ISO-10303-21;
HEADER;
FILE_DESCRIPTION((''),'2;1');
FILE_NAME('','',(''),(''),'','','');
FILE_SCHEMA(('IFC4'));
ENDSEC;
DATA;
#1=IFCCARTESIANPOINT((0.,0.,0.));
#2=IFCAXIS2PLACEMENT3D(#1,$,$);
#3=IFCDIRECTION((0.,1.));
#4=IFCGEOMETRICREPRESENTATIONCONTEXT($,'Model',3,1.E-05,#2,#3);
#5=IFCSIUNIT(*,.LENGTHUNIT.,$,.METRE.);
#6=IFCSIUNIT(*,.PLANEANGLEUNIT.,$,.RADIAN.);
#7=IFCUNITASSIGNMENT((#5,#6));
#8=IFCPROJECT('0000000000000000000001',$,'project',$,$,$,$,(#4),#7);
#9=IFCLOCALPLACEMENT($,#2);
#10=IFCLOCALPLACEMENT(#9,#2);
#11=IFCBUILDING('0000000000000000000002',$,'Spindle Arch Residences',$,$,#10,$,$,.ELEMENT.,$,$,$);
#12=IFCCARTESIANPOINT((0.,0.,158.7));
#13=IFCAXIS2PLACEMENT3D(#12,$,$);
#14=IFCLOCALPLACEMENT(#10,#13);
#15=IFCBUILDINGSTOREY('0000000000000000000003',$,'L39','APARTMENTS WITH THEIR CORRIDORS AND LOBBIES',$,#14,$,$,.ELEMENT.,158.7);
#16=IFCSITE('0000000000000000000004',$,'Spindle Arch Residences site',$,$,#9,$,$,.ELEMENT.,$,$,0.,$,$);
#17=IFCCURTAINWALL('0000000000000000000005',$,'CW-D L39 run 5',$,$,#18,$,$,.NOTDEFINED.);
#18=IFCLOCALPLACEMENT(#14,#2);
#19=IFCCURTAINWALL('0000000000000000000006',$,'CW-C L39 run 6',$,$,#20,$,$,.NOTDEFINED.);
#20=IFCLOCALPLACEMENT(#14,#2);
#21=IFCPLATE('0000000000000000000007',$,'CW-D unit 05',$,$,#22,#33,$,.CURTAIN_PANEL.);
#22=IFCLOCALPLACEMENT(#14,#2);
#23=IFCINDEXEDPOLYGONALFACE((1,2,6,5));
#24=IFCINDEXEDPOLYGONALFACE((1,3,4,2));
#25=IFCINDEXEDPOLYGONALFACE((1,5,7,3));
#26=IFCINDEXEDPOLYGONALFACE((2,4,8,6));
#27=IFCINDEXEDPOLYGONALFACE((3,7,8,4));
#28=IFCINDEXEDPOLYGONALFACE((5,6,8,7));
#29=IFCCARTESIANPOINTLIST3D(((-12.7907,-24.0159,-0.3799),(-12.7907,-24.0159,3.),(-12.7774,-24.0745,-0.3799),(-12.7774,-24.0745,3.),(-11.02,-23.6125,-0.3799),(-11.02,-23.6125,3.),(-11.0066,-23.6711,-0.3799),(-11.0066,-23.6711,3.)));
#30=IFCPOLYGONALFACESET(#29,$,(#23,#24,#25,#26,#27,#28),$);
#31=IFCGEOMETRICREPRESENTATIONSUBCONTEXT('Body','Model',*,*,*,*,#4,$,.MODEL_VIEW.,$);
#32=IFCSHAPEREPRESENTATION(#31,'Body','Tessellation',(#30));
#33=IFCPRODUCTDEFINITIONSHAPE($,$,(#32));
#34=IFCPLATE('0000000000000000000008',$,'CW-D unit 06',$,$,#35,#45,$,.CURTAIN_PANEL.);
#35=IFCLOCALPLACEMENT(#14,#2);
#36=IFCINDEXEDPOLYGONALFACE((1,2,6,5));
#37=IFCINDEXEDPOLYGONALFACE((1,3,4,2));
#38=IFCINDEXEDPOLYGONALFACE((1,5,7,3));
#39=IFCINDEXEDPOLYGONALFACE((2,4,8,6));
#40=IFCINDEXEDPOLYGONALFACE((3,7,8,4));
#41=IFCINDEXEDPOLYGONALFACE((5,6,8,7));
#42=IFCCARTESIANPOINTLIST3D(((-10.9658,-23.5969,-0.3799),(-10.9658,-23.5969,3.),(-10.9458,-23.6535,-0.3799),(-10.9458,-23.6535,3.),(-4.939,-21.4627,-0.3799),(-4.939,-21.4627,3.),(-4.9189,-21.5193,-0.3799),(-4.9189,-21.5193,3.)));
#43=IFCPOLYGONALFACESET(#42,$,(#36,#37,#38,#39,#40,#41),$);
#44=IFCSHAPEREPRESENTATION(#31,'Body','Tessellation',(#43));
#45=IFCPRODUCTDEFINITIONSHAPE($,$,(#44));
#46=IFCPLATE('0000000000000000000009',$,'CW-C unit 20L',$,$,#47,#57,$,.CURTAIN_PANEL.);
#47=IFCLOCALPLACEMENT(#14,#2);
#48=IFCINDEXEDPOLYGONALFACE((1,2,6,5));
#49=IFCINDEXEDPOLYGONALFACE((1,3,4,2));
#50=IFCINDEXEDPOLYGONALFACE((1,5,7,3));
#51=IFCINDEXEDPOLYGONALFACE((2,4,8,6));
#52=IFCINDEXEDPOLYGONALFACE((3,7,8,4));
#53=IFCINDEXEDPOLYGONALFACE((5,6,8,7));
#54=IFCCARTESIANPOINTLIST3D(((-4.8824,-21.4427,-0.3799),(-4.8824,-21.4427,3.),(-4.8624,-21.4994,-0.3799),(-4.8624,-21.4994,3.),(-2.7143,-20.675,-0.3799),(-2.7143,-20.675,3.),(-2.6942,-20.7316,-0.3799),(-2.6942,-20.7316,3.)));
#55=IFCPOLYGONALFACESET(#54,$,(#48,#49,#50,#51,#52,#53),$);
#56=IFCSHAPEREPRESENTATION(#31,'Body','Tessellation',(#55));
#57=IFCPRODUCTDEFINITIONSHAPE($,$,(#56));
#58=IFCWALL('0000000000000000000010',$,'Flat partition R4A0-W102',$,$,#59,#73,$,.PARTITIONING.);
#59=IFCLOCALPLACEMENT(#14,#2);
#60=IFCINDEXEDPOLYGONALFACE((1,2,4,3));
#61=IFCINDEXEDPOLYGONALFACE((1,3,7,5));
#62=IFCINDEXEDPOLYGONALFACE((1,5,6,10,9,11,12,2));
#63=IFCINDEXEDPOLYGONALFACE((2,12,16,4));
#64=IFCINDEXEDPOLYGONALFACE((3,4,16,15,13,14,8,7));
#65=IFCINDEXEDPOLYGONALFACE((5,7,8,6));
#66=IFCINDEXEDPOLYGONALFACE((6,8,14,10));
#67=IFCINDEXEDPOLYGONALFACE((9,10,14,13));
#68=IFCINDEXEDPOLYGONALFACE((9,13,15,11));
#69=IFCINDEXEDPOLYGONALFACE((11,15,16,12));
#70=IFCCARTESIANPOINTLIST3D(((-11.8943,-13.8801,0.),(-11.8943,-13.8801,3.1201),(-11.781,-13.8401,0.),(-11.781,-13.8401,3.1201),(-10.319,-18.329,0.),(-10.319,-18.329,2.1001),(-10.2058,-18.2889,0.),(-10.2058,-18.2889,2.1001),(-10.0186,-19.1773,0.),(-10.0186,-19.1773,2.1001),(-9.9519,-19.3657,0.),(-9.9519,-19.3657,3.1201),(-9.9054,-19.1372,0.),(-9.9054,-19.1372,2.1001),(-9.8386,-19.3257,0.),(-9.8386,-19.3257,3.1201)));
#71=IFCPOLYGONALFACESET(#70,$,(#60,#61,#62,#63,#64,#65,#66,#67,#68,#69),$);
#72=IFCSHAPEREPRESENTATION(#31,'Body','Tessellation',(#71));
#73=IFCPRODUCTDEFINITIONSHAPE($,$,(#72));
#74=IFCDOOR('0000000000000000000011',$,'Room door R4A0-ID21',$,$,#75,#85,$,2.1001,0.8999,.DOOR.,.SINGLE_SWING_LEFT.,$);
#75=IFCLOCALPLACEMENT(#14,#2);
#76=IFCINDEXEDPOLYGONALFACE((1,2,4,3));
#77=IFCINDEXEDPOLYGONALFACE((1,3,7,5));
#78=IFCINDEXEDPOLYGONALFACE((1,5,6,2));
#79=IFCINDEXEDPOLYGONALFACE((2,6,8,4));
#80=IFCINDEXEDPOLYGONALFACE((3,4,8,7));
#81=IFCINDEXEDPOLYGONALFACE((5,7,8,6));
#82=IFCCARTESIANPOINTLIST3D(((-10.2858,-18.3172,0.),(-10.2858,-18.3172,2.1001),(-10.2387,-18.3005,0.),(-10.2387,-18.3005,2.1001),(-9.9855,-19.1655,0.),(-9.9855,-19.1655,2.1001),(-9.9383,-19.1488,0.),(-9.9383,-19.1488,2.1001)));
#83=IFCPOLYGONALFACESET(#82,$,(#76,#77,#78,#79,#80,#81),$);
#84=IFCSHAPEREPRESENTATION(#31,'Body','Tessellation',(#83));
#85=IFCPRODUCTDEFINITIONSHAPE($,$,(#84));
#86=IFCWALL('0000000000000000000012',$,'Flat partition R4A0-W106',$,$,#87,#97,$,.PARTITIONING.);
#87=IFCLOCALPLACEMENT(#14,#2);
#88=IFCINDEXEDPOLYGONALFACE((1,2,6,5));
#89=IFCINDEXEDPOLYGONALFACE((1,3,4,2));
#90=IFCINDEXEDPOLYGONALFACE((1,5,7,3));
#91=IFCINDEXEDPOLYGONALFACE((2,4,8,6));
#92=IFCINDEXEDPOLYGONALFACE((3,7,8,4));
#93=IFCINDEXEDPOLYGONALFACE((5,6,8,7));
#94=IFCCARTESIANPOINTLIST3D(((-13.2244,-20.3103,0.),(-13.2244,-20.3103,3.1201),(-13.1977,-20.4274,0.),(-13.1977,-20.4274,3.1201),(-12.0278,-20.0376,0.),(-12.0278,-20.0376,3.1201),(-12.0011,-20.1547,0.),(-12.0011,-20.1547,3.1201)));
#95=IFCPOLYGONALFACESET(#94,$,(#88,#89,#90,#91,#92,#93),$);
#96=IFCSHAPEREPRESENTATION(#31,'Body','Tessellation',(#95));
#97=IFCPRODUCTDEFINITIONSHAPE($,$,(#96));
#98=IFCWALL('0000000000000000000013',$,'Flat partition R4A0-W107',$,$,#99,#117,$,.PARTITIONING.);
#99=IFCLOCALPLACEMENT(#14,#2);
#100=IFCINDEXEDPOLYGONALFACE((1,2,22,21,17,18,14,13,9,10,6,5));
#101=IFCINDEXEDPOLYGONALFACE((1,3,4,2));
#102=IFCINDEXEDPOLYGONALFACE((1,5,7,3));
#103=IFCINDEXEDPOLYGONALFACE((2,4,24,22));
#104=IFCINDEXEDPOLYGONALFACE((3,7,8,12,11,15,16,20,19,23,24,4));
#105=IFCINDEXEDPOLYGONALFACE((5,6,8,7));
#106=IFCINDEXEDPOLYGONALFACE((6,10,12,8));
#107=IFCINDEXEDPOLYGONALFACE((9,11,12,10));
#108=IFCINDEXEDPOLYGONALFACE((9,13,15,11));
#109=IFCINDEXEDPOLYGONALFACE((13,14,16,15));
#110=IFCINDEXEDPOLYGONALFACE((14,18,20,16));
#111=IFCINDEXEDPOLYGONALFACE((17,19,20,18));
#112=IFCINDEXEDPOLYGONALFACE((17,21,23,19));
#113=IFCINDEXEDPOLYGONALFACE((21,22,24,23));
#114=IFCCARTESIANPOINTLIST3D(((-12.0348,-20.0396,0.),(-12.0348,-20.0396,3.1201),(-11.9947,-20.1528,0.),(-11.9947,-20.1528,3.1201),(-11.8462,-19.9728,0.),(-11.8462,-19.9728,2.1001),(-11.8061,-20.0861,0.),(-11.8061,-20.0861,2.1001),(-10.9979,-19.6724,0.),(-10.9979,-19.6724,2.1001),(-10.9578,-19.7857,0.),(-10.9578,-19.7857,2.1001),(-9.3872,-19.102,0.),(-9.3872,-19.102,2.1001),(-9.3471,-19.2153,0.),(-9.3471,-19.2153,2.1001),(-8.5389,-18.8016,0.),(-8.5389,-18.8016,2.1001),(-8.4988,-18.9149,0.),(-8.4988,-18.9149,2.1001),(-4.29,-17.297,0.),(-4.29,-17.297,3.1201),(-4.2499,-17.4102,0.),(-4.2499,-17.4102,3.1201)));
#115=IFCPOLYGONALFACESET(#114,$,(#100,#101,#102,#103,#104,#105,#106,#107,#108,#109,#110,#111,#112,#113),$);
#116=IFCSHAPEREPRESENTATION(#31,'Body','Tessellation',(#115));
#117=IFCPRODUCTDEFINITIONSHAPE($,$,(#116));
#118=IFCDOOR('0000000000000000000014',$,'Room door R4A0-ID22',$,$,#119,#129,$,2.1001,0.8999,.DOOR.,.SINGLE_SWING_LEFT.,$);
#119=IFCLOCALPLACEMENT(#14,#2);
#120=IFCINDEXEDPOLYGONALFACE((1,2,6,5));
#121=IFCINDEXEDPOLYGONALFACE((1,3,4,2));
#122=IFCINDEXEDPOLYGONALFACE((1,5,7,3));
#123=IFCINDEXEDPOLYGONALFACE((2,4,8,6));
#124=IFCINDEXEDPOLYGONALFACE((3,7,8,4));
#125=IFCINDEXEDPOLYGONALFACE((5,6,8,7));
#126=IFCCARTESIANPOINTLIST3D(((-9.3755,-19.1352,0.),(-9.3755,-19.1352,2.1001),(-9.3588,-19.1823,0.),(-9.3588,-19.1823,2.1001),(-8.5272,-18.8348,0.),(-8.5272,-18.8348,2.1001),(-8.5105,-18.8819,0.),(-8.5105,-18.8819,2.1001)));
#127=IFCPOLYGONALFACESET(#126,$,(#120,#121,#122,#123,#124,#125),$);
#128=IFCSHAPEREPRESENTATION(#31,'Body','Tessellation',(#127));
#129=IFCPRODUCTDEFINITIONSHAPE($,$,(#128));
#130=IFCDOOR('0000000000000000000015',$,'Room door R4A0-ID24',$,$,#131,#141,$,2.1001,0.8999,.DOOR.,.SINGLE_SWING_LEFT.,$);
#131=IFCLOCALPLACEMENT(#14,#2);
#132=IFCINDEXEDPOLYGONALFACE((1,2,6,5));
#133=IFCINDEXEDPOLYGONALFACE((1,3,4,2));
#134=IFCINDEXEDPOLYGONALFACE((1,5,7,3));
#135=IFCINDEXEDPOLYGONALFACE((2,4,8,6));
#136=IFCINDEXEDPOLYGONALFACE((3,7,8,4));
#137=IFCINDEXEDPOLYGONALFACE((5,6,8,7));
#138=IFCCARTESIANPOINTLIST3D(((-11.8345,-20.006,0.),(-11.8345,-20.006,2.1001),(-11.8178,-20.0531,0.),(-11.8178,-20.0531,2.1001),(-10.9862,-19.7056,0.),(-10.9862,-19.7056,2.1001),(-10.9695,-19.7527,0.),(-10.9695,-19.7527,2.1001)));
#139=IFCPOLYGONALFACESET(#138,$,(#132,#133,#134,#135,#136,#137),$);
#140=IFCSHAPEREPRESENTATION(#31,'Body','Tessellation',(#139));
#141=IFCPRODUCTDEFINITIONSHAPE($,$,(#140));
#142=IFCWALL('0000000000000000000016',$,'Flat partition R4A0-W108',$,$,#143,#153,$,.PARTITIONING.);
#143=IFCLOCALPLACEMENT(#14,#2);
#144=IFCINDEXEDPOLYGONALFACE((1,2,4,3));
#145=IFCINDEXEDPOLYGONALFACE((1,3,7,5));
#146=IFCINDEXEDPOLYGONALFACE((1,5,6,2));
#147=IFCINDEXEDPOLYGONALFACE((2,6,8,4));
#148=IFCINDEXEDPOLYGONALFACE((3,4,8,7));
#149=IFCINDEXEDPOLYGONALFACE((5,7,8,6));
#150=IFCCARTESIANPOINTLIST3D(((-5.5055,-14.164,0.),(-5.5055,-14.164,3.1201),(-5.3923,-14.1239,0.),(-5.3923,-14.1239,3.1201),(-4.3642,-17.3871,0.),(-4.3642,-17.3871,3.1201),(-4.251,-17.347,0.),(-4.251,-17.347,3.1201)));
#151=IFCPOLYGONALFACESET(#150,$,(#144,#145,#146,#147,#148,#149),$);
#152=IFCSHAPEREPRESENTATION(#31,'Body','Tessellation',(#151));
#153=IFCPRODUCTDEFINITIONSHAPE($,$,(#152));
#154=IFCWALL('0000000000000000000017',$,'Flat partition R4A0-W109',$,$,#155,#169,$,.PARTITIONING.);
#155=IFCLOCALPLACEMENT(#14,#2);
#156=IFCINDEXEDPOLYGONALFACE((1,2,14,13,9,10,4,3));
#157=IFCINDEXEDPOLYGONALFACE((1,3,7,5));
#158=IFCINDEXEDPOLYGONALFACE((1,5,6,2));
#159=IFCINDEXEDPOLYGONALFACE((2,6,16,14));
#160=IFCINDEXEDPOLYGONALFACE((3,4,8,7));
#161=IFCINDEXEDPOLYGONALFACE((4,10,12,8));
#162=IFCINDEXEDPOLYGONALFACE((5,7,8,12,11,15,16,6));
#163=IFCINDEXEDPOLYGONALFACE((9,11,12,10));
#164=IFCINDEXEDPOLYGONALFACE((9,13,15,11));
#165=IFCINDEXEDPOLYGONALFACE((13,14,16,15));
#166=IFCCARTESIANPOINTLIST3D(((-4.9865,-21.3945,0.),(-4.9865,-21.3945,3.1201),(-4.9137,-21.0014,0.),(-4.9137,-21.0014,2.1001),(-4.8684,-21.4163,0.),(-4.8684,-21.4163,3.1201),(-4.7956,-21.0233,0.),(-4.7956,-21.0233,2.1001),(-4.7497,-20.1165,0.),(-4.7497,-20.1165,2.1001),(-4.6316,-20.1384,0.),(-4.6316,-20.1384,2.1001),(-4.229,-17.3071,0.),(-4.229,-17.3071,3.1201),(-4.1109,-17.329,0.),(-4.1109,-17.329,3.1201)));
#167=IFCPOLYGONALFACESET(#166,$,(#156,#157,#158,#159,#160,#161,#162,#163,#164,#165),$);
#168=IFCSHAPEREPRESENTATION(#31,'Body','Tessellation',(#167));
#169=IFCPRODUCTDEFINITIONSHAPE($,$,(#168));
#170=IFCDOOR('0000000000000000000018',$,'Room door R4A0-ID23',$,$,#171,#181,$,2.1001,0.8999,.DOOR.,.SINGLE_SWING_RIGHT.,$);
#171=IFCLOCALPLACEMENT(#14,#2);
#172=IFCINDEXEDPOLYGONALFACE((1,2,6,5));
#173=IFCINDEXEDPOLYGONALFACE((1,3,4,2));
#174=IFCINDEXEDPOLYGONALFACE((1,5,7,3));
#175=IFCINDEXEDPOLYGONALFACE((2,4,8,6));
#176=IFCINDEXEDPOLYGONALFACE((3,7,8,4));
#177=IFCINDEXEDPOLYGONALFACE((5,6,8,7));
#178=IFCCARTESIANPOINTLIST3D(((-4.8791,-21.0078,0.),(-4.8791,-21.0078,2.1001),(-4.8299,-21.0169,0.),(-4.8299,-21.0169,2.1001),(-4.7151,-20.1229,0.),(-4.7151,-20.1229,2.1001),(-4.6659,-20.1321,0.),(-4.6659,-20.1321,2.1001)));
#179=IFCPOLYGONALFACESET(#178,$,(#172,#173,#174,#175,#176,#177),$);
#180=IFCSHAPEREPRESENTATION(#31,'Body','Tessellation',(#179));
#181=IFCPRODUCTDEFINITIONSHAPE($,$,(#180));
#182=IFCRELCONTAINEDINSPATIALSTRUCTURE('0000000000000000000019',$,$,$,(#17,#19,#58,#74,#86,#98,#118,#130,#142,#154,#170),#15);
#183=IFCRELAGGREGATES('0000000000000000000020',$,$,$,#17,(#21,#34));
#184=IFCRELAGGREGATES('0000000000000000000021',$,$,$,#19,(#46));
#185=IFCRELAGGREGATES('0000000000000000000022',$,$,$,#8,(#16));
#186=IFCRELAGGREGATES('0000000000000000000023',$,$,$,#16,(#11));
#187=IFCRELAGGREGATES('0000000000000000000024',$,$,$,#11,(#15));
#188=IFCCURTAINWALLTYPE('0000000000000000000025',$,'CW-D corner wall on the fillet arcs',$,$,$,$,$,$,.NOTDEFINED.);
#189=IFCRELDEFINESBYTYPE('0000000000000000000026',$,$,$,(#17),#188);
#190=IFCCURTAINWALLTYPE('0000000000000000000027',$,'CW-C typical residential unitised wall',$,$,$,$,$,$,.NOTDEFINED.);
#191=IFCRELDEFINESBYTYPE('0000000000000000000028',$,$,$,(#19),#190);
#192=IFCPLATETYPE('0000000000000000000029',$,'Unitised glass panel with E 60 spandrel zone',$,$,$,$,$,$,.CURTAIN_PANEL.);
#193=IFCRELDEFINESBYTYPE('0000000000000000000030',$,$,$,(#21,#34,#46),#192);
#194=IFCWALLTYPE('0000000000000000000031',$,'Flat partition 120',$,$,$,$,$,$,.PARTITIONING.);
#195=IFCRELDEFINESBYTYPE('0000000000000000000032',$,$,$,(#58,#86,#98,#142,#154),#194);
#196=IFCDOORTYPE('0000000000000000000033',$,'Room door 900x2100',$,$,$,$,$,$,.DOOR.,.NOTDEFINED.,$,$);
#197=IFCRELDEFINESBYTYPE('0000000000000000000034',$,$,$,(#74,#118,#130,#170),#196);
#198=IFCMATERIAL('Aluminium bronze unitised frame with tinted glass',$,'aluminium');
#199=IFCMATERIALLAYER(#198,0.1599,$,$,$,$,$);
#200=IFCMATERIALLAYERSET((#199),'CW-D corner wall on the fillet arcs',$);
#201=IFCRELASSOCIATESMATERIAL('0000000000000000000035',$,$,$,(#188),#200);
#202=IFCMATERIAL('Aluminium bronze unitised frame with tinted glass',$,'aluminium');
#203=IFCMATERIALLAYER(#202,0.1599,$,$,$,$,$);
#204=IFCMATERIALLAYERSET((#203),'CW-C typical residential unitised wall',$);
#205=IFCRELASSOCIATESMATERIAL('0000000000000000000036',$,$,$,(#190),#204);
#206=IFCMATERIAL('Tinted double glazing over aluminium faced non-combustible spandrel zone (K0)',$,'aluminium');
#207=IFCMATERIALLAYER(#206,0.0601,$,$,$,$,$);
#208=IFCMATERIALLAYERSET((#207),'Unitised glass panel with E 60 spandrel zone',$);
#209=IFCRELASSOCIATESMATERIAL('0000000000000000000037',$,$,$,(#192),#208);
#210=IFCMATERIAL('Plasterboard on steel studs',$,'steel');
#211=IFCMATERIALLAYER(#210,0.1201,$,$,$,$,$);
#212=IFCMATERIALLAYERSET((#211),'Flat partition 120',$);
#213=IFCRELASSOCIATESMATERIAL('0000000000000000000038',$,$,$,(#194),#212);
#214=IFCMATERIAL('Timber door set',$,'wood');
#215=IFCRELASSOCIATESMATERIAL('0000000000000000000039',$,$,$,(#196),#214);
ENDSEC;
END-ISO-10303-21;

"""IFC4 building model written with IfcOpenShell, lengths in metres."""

from ifc_helpers import new_model, si_unit, direction, frame, frame_2d, origin, origin_2d, place, context, subcontext, project, spatial, rectangle, extrude, material, layer, layer_set, type_object, element, fill, aggregate, save


model = new_model("IFC4")

# Units and contexts
model_context = context("Model", 3, precision=1e-05, world=origin(), true_north=direction((0.0, 1.0)))
body_context = subcontext(model_context, "Body", "Model", "MODEL_VIEW")
ifc_project = project(units=[si_unit("LENGTHUNIT", "METRE"), si_unit("PLANEANGLEUNIT", "RADIAN")], contexts=[model_context])

# Site, building, storey
site_placement = place(None, origin())
site = spatial("IfcSite", under=ifc_project, at=site_placement, Name="Spindle Arch Residences site", CompositionType="ELEMENT", RefElevation=0.0)
building_placement = place(site_placement, origin())
building = spatial("IfcBuilding", under=site, at=building_placement, Name="Spindle Arch Residences", CompositionType="ELEMENT")
storey_placement = place(building_placement, frame((0.0, 0.0, 158.7)))
storey = spatial("IfcBuildingStorey", under=building, at=storey_placement, Name="L39", Description="APARTMENTS WITH THEIR CORRIDORS AND LOBBIES", CompositionType="ELEMENT", Elevation=158.7)

# Curtain wall
ifc_material_1 = material(Name="Aluminium bronze unitised frame with tinted glass", Category="aluminium")
ifc_layer_1 = layer(ifc_material_1, 0.1599)
ifc_layer_set_1 = layer_set([ifc_layer_1], Name="CW-D corner wall on the fillet arcs")
curtain_wall_type_1 = type_object("IfcCurtainWallType", Name="CW-D corner wall on the fillet arcs", PredefinedType="NOTDEFINED", material=ifc_layer_set_1)
curtain_wall_1_placement = place(storey_placement, origin())
curtain_wall_1 = element("IfcCurtainWall", 1, at=curtain_wall_1_placement, inside=storey, type_object=curtain_wall_type_1, Name="CW-D L39 run 5", PredefinedType="NOTDEFINED")

# Curtain wall
ifc_material_2 = material(Name="Aluminium bronze unitised frame with tinted glass", Category="aluminium")
ifc_layer_2 = layer(ifc_material_2, 0.1599)
ifc_layer_set_2 = layer_set([ifc_layer_2], Name="CW-C typical residential unitised wall")
curtain_wall_type_2 = type_object("IfcCurtainWallType", Name="CW-C typical residential unitised wall", PredefinedType="NOTDEFINED", material=ifc_layer_set_2)
curtain_wall_2_placement = place(storey_placement, origin())
curtain_wall_2 = element("IfcCurtainWall", 2, at=curtain_wall_2_placement, inside=storey, type_object=curtain_wall_type_2, Name="CW-C L39 run 6", PredefinedType="NOTDEFINED")

# Plates
ifc_material_3 = material(Name="Tinted double glazing over aluminium faced non-combustible spandrel zone (K0)", Category="aluminium")
ifc_layer_3 = layer(ifc_material_3, 0.0601)
ifc_layer_set_3 = layer_set([ifc_layer_3], Name="Unitised glass panel with E 60 spandrel zone")
plate_type = type_object("IfcPlateType", Name="Unitised glass panel with E 60 spandrel zone", PredefinedType="CURTAIN_PANEL", material=ifc_layer_set_3)
plate_1_placement = place(storey_placement, frame((-11.8987, -23.8435, -0.3799), z_axis=(0.0, 0.0, 1.0), x_axis=(0.97502, 0.222116, 0.0)))
plate_1 = element("IfcPlate", 3, at=plate_1_placement, type_object=plate_type, Name="CW-D unit 05", PredefinedType="CURTAIN_PANEL", context=body_context, shape_type="SweptSolid", body=[
    extrude(rectangle(XDim=1.8162, YDim=0.0601, at=origin_2d()), origin(), (0.0, 0.0, 1.0), 3.3799),
])
plate_2_placement = place(storey_placement, frame((-7.9424, -22.5581, -0.3799), z_axis=(0.0, 0.0, 1.0), x_axis=(0.942641, 0.333807, 0.0)))
plate_2 = element("IfcPlate", 4, at=plate_2_placement, type_object=plate_type, Name="CW-D unit 06", PredefinedType="CURTAIN_PANEL", context=body_context, shape_type="SweptSolid", body=[
    extrude(rectangle(XDim=6.3936, YDim=0.0601, at=origin_2d()), origin(), (0.0, 0.0, 1.0), 3.3799),
])
aggregate(curtain_wall_1, [plate_1, plate_2])
plate_3_placement = place(storey_placement, frame((-3.7883, -21.0872, -0.3799), z_axis=(0.0, 0.0, 1.0), x_axis=(0.942641, 0.333807, 0.0)))
plate_3 = element("IfcPlate", 5, at=plate_3_placement, type_object=plate_type, Name="CW-C unit 20L", PredefinedType="CURTAIN_PANEL", context=body_context, shape_type="SweptSolid", body=[
    extrude(rectangle(XDim=2.3, YDim=0.0601, at=origin_2d()), origin(), (0.0, 0.0, 1.0), 3.3799),
])
aggregate(curtain_wall_2, [plate_3])

# Wall, opening, door
ifc_material_4 = material(Name="Plasterboard on steel studs", Category="steel")
ifc_layer_4 = layer(ifc_material_4, 0.1201)
ifc_layer_set_4 = layer_set([ifc_layer_4], Name="Flat partition 120")
wall_type_1 = type_object("IfcWallType", Name="Flat partition 120", PredefinedType="PARTITIONING", material=ifc_layer_set_4)
wall_1_placement = place(storey_placement, frame((-9.8953, -19.3457, 0.0), z_axis=(0.0, 0.0, 1.0), x_axis=(-0.333781, 0.942651, 0.0)))
wall_1 = element("IfcWall", 6, at=wall_1_placement, inside=storey, type_object=wall_type_1, Name="Flat partition R4A0-W102", PredefinedType="PARTITIONING", context=body_context, shape_type="SweptSolid", body=[
    extrude(rectangle(XDim=5.8193, YDim=0.1201, at=frame_2d((2.9097, 0.0))), origin(), (0.0, 0.0, 1.0), 3.1201),
])
opening_1_placement = place(wall_1_placement, frame((0.2, 0.0, 0.0)))
opening_1 = element("IfcOpeningElement", 7, at=opening_1_placement, cuts=wall_1, PredefinedType="OPENING", context=body_context, shape_type="SweptSolid", body=[
    extrude(rectangle(XDim=0.8999, YDim=2.1001, at=frame_2d((0.45, 1.05))), frame((0.0, 0.0701, 0.0), z_axis=(0.0, -1.0, 0.0), x_axis=(1.0, 0.0, 0.0)), (0.0, 0.0, 1.0), 0.1401),
])
ifc_material_5 = material(Name="Timber door set", Category="wood")
door_type_1 = type_object("IfcDoorType", Name="Room door 900x2100", OperationType="NOTDEFINED", PredefinedType="DOOR", material=ifc_material_5)
door_1_placement = place(opening_1_placement, origin())
door_1 = element("IfcDoor", 8, at=door_1_placement, inside=storey, type_object=door_type_1, Name="Room door R4A0-ID21", OperationType="SINGLE_SWING_LEFT", OverallHeight=2.1001, OverallWidth=0.8999, PredefinedType="DOOR", context=body_context, shape_type="SweptSolid", body=[
    extrude(rectangle(XDim=0.8999, YDim=2.1001, at=frame_2d((0.45, 1.05))), frame((0.0, 0.0249, 0.0), z_axis=(0.0, -1.0, 0.0), x_axis=(1.0, 0.0, 0.0)), (0.0, 0.0, 1.0), 0.05),
])
fill(opening_1, door_1)

# Wall
wall_2_placement = place(storey_placement, frame((-13.2112, -20.3689, 0.0), z_axis=(0.0, 0.0, 1.0), x_axis=(0.974998, 0.222214, 0.0)))
element("IfcWall", 9, at=wall_2_placement, inside=storey, type_object=wall_type_1, Name="Flat partition R4A0-W106", PredefinedType="PARTITIONING", context=body_context, shape_type="SweptSolid", body=[
    extrude(rectangle(XDim=1.2273, YDim=0.1201, at=frame_2d((0.6138, 0.0))), origin(), (0.0, 0.0, 1.0), 3.1201),
])

# Wall, openings, doors
wall_3_placement = place(storey_placement, frame((-12.0146, -20.0962, 0.0), z_axis=(0.0, 0.0, 1.0), x_axis=(0.942639, 0.333815, 0.0)))
wall_3 = element("IfcWall", 10, at=wall_3_placement, inside=storey, type_object=wall_type_1, Name="Flat partition R4A0-W107", PredefinedType="PARTITIONING", context=body_context, shape_type="SweptSolid", body=[
    extrude(rectangle(XDim=8.2161, YDim=0.1201, at=frame_2d((4.1079, 0.0))), origin(), (0.0, 0.0, 1.0), 3.1201),
])
opening_2_placement = place(wall_3_placement, frame((2.8086, 0.0, 0.0)))
opening_2 = element("IfcOpeningElement", 11, at=opening_2_placement, cuts=wall_3, PredefinedType="OPENING", context=body_context, shape_type="SweptSolid", body=[
    extrude(rectangle(XDim=0.8999, YDim=2.1001, at=frame_2d((0.45, 1.05))), frame((0.0, 0.0701, 0.0), z_axis=(0.0, -1.0, 0.0), x_axis=(1.0, 0.0, 0.0)), (0.0, 0.0, 1.0), 0.1401),
])
opening_3_placement = place(wall_3_placement, frame((0.2, 0.0, 0.0)))
opening_3 = element("IfcOpeningElement", 12, at=opening_3_placement, cuts=wall_3, PredefinedType="OPENING", context=body_context, shape_type="SweptSolid", body=[
    extrude(rectangle(XDim=0.8999, YDim=2.1001, at=frame_2d((0.45, 1.05))), frame((0.0, 0.0701, 0.0), z_axis=(0.0, -1.0, 0.0), x_axis=(1.0, 0.0, 0.0)), (0.0, 0.0, 1.0), 0.1401),
])
door_2_placement = place(opening_2_placement, origin())
door_2 = element("IfcDoor", 13, at=door_2_placement, inside=storey, type_object=door_type_1, Name="Room door R4A0-ID22", OperationType="SINGLE_SWING_LEFT", OverallHeight=2.1001, OverallWidth=0.8999, PredefinedType="DOOR", context=body_context, shape_type="SweptSolid", body=[
    extrude(rectangle(XDim=0.8999, YDim=2.1001, at=frame_2d((0.45, 1.05))), frame((0.0, 0.0249, 0.0), z_axis=(0.0, -1.0, 0.0), x_axis=(1.0, 0.0, 0.0)), (0.0, 0.0, 1.0), 0.05),
])
fill(opening_2, door_2)
door_3_placement = place(opening_3_placement, origin())
door_3 = element("IfcDoor", 14, at=door_3_placement, inside=storey, type_object=door_type_1, Name="Room door R4A0-ID24", OperationType="SINGLE_SWING_LEFT", OverallHeight=2.1001, OverallWidth=0.8999, PredefinedType="DOOR", context=body_context, shape_type="SweptSolid", body=[
    extrude(rectangle(XDim=0.8999, YDim=2.1001, at=frame_2d((0.45, 1.05))), frame((0.0, 0.0249, 0.0), z_axis=(0.0, -1.0, 0.0), x_axis=(1.0, 0.0, 0.0)), (0.0, 0.0, 1.0), 0.05),
])
fill(opening_3, door_3)

# Wall
wall_4_placement = place(storey_placement, frame((-4.3076, -17.3669, 0.0), z_axis=(0.0, 0.0, 1.0), x_axis=(-0.333802, 0.942643, 0.0)))
element("IfcWall", 15, at=wall_4_placement, inside=storey, type_object=wall_type_1, Name="Flat partition R4A0-W108", PredefinedType="PARTITIONING", context=body_context, shape_type="SweptSolid", body=[
    extrude(rectangle(XDim=3.4192, YDim=0.1201, at=frame_2d((1.7095, 0.0))), origin(), (0.0, 0.0, 1.0), 3.1201),
])

# Wall, opening, door
wall_5_placement = place(storey_placement, frame((-4.9275, -21.4055, 0.0), z_axis=(0.0, 0.0, 1.0), x_axis=(0.182239, 0.983254, 0.0)))
wall_5 = element("IfcWall", 16, at=wall_5_placement, inside=storey, type_object=wall_type_1, Name="Flat partition R4A0-W109", PredefinedType="PARTITIONING", context=body_context, shape_type="SweptSolid", body=[
    extrude(rectangle(XDim=4.157, YDim=0.1201, at=frame_2d((2.0786, 0.0))), origin(), (0.0, 0.0, 1.0), 3.1201),
])
opening_4_placement = place(wall_5_placement, frame((0.3999, 0.0, 0.0)))
opening_4 = element("IfcOpeningElement", 17, at=opening_4_placement, cuts=wall_5, PredefinedType="OPENING", context=body_context, shape_type="SweptSolid", body=[
    extrude(rectangle(XDim=0.8999, YDim=2.1001, at=frame_2d((0.45, 1.05))), frame((0.0, 0.0701, 0.0), z_axis=(0.0, -1.0, 0.0), x_axis=(1.0, 0.0, 0.0)), (0.0, 0.0, 1.0), 0.1401),
])
door_4_placement = place(opening_4_placement, origin())
door_4 = element("IfcDoor", 18, at=door_4_placement, inside=storey, type_object=door_type_1, Name="Room door R4A0-ID23", OperationType="SINGLE_SWING_RIGHT", OverallHeight=2.1001, OverallWidth=0.8999, PredefinedType="DOOR", context=body_context, shape_type="SweptSolid", body=[
    extrude(rectangle(XDim=0.8999, YDim=2.1001, at=frame_2d((0.45, 1.05))), frame((0.0, 0.0249, 0.0), z_axis=(0.0, -1.0, 0.0), x_axis=(1.0, 0.0, 0.0)), (0.0, 0.0, 1.0), 0.05),
])
fill(opening_4, door_4)

save(model, "model.ifc")
